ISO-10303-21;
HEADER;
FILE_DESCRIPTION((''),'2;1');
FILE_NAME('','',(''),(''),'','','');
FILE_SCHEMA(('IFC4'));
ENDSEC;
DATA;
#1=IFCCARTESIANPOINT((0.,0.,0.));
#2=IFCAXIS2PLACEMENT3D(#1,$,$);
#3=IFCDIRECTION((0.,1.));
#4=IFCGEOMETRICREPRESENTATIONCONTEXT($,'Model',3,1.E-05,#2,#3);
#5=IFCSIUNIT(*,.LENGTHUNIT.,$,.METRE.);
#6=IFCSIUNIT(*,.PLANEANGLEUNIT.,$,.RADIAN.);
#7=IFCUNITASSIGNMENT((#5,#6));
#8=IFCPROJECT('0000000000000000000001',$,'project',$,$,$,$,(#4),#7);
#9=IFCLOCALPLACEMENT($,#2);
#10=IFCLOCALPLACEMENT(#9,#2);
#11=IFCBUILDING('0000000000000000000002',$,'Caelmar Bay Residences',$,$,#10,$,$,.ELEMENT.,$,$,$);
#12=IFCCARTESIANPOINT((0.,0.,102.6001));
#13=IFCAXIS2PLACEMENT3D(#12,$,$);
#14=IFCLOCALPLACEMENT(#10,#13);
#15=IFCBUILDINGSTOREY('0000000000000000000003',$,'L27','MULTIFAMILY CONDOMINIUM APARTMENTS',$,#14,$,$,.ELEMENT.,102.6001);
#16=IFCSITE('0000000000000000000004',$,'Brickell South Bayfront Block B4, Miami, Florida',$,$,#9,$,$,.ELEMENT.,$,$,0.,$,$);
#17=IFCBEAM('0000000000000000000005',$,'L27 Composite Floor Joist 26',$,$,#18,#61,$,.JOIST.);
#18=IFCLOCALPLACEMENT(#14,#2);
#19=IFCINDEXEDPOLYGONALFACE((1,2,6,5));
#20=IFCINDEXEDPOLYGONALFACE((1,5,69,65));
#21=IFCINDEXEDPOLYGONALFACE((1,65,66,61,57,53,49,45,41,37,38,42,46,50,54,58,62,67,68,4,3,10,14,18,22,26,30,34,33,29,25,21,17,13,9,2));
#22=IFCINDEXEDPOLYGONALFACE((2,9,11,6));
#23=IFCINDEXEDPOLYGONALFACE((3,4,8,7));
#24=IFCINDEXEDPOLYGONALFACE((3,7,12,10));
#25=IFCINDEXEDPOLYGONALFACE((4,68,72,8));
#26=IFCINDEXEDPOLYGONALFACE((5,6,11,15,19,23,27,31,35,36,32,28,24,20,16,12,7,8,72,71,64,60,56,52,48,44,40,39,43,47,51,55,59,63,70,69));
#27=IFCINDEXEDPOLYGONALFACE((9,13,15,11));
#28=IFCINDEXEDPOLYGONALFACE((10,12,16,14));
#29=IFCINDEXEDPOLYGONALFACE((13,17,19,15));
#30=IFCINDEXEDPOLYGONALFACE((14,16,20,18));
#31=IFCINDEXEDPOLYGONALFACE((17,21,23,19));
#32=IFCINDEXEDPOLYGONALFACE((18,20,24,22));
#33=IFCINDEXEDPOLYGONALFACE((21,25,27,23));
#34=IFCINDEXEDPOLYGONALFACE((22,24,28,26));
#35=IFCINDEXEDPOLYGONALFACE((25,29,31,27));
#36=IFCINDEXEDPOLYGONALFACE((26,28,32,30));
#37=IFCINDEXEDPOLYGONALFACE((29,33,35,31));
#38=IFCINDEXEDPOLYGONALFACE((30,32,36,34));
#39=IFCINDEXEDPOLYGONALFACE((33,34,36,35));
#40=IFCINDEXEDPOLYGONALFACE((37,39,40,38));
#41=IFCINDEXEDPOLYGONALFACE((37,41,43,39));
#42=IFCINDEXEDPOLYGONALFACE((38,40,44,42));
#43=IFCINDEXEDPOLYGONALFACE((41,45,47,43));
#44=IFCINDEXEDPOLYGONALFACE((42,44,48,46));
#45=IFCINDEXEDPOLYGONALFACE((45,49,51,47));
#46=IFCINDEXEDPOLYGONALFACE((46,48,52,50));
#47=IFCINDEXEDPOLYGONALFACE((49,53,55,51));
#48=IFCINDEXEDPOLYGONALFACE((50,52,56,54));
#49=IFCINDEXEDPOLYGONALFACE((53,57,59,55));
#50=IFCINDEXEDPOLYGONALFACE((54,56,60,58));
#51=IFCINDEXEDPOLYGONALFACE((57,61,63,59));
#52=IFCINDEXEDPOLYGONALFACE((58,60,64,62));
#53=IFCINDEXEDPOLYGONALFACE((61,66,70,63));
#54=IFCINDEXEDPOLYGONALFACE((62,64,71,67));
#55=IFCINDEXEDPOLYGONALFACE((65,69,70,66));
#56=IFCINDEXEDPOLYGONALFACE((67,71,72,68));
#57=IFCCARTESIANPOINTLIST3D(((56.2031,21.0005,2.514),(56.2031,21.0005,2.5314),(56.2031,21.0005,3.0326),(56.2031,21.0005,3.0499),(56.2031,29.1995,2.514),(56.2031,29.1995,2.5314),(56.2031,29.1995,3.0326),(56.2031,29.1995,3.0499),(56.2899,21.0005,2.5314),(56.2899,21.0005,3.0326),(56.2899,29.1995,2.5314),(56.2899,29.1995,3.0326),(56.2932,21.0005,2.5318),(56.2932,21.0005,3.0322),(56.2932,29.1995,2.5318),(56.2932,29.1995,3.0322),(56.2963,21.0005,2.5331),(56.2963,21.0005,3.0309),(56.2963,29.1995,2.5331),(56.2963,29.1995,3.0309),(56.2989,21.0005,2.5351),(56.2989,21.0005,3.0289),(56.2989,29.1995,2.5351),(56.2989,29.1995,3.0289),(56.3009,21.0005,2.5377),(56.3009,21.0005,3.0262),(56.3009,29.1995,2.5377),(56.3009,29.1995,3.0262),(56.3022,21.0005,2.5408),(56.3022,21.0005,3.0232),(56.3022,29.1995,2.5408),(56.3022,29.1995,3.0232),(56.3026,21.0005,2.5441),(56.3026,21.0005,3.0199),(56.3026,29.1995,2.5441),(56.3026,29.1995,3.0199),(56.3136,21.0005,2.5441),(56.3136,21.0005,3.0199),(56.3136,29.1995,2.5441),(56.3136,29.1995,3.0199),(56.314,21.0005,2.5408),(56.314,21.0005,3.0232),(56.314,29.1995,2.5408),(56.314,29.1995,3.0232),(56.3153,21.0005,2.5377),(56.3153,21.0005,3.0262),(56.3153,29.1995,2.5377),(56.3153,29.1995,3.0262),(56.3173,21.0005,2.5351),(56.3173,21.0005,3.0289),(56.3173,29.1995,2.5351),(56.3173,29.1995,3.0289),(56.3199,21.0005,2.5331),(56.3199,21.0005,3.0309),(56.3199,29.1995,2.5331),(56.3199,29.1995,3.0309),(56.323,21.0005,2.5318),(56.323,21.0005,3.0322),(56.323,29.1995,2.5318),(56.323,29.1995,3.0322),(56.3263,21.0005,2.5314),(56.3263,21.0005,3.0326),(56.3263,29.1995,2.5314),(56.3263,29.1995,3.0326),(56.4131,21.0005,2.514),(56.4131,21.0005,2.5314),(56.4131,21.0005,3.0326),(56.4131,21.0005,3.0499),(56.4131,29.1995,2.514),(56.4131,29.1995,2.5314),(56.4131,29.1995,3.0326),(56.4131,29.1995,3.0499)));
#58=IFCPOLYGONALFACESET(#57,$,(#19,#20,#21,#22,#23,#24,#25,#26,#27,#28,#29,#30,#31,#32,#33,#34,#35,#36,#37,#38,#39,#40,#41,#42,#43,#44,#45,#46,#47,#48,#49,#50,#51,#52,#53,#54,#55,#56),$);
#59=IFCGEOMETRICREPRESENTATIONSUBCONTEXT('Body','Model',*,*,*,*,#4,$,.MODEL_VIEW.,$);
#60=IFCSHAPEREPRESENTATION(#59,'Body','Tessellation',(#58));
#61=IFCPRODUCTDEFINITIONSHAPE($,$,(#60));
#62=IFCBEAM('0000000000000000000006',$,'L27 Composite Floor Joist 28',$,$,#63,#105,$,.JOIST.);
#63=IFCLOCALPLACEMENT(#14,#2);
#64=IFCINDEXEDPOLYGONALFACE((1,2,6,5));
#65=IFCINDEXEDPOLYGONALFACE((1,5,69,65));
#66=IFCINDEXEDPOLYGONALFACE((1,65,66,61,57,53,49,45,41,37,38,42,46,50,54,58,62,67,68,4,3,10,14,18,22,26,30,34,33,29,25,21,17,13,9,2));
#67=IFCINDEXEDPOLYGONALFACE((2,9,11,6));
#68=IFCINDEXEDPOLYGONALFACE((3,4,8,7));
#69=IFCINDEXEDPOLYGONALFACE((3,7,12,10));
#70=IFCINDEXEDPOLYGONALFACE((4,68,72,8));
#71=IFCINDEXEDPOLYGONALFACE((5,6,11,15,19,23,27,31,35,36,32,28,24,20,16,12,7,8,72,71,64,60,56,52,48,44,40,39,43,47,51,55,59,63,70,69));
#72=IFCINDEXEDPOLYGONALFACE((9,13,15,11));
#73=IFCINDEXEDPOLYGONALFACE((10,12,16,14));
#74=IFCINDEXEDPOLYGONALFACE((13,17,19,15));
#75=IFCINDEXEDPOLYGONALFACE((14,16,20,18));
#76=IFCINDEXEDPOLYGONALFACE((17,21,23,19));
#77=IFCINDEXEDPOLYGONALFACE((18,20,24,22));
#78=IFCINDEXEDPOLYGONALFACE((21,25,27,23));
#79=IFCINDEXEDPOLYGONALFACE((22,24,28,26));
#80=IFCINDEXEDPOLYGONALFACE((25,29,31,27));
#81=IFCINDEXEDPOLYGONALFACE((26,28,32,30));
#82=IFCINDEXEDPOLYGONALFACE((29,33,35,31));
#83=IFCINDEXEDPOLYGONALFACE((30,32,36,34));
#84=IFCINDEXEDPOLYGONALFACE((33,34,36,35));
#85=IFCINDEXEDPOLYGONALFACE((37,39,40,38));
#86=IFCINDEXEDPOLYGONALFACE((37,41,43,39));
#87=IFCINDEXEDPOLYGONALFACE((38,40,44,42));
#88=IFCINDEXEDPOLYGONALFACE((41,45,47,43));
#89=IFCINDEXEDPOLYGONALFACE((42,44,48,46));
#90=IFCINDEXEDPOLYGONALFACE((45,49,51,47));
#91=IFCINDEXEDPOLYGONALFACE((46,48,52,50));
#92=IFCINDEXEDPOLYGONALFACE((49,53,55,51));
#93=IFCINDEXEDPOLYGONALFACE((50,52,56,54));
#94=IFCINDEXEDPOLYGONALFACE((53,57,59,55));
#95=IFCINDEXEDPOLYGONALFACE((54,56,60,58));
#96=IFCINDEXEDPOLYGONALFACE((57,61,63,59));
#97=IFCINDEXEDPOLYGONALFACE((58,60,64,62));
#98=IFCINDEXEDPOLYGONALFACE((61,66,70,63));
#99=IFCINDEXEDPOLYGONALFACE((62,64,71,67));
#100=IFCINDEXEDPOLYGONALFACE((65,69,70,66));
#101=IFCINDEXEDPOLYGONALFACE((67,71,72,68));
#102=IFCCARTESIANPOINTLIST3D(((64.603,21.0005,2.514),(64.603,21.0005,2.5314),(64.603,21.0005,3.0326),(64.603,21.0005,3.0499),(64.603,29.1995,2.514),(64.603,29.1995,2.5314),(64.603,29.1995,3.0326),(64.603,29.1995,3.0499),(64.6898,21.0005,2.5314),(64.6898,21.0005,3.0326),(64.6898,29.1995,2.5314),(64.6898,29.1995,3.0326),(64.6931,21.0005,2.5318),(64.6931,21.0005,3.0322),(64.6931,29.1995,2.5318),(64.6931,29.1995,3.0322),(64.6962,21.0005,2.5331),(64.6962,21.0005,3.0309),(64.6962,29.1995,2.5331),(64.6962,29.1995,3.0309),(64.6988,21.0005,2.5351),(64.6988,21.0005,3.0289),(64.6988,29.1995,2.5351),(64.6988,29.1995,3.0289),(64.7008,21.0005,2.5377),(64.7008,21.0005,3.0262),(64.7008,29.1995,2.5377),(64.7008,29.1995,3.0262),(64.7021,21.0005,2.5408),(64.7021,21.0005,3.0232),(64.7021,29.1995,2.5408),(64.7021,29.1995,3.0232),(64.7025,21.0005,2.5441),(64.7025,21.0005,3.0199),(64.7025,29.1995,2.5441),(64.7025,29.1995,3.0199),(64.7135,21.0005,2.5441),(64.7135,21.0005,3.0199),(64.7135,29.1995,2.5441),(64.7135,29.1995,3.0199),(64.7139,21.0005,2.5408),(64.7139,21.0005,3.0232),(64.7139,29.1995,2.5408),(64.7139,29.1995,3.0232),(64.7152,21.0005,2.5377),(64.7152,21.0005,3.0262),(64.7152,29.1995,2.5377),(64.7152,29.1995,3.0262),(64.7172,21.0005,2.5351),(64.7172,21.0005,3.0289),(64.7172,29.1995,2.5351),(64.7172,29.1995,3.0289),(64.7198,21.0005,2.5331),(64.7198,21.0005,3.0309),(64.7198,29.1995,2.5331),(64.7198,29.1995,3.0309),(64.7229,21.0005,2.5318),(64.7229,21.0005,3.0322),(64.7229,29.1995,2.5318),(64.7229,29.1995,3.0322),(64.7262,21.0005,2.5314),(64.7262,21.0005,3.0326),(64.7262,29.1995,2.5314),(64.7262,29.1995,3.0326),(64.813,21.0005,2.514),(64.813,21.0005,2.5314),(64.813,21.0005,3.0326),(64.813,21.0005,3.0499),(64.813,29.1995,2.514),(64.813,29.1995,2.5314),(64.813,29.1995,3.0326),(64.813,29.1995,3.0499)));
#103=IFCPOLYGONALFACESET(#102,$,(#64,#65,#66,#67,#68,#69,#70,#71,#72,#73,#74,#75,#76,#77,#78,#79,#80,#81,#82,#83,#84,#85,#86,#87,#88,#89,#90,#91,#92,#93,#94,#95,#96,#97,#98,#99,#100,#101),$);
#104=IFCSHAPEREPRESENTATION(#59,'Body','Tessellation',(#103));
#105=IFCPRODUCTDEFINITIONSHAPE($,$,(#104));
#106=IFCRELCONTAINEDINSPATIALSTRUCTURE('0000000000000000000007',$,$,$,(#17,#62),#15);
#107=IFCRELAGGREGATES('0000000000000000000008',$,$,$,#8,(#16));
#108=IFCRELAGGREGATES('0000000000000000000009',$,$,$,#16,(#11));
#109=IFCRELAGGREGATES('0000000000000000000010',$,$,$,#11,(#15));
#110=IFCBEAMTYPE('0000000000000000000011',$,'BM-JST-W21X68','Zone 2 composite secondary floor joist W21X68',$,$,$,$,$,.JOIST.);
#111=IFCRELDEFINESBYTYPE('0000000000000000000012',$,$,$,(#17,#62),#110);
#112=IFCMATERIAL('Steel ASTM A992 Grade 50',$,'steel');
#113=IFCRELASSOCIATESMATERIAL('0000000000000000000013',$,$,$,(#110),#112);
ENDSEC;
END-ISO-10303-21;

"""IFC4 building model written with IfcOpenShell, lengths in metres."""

from ifc_helpers import new_model, si_unit, direction, frame, origin, origin_2d, place, context, subcontext, project, spatial, i_section, extrude, material, material_profile, profile_set, type_object, element, save


model = new_model("IFC4")

# Units and contexts
model_context = context("Model", 3, precision=1e-05, world=origin(), true_north=direction((0.0, 1.0)))
body_context = subcontext(model_context, "Body", "Model", "MODEL_VIEW")
ifc_project = project(units=[si_unit("LENGTHUNIT", "METRE"), si_unit("PLANEANGLEUNIT", "RADIAN")], contexts=[model_context])

# Site, building, storey
site_placement = place(None, origin())
site = spatial("IfcSite", under=ifc_project, at=site_placement, Name="Brickell South Bayfront Block B4, Miami, Florida", CompositionType="ELEMENT", RefElevation=0.0)
building_placement = place(site_placement, origin())
building = spatial("IfcBuilding", under=site, at=building_placement, Name="Caelmar Bay Residences", CompositionType="ELEMENT")
storey_placement = place(building_placement, frame((0.0, 0.0, 102.6001)))
storey = spatial("IfcBuildingStorey", under=building, at=storey_placement, Name="L27", Description="MULTIFAMILY CONDOMINIUM APARTMENTS", CompositionType="ELEMENT", Elevation=102.6001)

# Beams
ifc_material_1 = material(Name="Steel ASTM A992 Grade 50", Category="steel")
ifc_material_profile_1 = material_profile(ifc_material_1, i_section(OverallWidth=0.21, OverallDepth=0.5359, WebThickness=0.011, FlangeThickness=0.0173, FilletRadius=0.0127, at=origin_2d()), Name="W21X68")
ifc_profile_set_1 = profile_set([ifc_material_profile_1], Name="Steel ASTM A992 Grade 50")
beam_type_1 = type_object("IfcBeamType", Name="BM-JST-W21X68", Description="Zone 2 composite secondary floor joist W21X68", PredefinedType="JOIST", material=ifc_profile_set_1)
for number, where, z_axis, x_axis, name in (
    (1, (56.3081, 21.0005, 2.782), (0.0, 1.0, 0.0), (-1.0, 0.0, 0.0), "L27 Composite Floor Joist 26"),
    (2, (64.708, 21.0005, 2.782), (0.0, 1.0, 0.0), (-1.0, 0.0, 0.0), "L27 Composite Floor Joist 28"),
):
    element("IfcBeam", number, at=place(storey_placement, frame(where, z_axis=z_axis, x_axis=x_axis)), inside=storey, type_object=beam_type_1, Name=name, PredefinedType="JOIST", context=body_context, shape_type="SweptSolid", body=[
        extrude(i_section(OverallWidth=0.21, OverallDepth=0.5359, WebThickness=0.011, FlangeThickness=0.0173, FilletRadius=0.0127, at=origin_2d()), origin(), (0.0, 0.0, 1.0), 8.199),
    ])

save(model, "model.ifc")
